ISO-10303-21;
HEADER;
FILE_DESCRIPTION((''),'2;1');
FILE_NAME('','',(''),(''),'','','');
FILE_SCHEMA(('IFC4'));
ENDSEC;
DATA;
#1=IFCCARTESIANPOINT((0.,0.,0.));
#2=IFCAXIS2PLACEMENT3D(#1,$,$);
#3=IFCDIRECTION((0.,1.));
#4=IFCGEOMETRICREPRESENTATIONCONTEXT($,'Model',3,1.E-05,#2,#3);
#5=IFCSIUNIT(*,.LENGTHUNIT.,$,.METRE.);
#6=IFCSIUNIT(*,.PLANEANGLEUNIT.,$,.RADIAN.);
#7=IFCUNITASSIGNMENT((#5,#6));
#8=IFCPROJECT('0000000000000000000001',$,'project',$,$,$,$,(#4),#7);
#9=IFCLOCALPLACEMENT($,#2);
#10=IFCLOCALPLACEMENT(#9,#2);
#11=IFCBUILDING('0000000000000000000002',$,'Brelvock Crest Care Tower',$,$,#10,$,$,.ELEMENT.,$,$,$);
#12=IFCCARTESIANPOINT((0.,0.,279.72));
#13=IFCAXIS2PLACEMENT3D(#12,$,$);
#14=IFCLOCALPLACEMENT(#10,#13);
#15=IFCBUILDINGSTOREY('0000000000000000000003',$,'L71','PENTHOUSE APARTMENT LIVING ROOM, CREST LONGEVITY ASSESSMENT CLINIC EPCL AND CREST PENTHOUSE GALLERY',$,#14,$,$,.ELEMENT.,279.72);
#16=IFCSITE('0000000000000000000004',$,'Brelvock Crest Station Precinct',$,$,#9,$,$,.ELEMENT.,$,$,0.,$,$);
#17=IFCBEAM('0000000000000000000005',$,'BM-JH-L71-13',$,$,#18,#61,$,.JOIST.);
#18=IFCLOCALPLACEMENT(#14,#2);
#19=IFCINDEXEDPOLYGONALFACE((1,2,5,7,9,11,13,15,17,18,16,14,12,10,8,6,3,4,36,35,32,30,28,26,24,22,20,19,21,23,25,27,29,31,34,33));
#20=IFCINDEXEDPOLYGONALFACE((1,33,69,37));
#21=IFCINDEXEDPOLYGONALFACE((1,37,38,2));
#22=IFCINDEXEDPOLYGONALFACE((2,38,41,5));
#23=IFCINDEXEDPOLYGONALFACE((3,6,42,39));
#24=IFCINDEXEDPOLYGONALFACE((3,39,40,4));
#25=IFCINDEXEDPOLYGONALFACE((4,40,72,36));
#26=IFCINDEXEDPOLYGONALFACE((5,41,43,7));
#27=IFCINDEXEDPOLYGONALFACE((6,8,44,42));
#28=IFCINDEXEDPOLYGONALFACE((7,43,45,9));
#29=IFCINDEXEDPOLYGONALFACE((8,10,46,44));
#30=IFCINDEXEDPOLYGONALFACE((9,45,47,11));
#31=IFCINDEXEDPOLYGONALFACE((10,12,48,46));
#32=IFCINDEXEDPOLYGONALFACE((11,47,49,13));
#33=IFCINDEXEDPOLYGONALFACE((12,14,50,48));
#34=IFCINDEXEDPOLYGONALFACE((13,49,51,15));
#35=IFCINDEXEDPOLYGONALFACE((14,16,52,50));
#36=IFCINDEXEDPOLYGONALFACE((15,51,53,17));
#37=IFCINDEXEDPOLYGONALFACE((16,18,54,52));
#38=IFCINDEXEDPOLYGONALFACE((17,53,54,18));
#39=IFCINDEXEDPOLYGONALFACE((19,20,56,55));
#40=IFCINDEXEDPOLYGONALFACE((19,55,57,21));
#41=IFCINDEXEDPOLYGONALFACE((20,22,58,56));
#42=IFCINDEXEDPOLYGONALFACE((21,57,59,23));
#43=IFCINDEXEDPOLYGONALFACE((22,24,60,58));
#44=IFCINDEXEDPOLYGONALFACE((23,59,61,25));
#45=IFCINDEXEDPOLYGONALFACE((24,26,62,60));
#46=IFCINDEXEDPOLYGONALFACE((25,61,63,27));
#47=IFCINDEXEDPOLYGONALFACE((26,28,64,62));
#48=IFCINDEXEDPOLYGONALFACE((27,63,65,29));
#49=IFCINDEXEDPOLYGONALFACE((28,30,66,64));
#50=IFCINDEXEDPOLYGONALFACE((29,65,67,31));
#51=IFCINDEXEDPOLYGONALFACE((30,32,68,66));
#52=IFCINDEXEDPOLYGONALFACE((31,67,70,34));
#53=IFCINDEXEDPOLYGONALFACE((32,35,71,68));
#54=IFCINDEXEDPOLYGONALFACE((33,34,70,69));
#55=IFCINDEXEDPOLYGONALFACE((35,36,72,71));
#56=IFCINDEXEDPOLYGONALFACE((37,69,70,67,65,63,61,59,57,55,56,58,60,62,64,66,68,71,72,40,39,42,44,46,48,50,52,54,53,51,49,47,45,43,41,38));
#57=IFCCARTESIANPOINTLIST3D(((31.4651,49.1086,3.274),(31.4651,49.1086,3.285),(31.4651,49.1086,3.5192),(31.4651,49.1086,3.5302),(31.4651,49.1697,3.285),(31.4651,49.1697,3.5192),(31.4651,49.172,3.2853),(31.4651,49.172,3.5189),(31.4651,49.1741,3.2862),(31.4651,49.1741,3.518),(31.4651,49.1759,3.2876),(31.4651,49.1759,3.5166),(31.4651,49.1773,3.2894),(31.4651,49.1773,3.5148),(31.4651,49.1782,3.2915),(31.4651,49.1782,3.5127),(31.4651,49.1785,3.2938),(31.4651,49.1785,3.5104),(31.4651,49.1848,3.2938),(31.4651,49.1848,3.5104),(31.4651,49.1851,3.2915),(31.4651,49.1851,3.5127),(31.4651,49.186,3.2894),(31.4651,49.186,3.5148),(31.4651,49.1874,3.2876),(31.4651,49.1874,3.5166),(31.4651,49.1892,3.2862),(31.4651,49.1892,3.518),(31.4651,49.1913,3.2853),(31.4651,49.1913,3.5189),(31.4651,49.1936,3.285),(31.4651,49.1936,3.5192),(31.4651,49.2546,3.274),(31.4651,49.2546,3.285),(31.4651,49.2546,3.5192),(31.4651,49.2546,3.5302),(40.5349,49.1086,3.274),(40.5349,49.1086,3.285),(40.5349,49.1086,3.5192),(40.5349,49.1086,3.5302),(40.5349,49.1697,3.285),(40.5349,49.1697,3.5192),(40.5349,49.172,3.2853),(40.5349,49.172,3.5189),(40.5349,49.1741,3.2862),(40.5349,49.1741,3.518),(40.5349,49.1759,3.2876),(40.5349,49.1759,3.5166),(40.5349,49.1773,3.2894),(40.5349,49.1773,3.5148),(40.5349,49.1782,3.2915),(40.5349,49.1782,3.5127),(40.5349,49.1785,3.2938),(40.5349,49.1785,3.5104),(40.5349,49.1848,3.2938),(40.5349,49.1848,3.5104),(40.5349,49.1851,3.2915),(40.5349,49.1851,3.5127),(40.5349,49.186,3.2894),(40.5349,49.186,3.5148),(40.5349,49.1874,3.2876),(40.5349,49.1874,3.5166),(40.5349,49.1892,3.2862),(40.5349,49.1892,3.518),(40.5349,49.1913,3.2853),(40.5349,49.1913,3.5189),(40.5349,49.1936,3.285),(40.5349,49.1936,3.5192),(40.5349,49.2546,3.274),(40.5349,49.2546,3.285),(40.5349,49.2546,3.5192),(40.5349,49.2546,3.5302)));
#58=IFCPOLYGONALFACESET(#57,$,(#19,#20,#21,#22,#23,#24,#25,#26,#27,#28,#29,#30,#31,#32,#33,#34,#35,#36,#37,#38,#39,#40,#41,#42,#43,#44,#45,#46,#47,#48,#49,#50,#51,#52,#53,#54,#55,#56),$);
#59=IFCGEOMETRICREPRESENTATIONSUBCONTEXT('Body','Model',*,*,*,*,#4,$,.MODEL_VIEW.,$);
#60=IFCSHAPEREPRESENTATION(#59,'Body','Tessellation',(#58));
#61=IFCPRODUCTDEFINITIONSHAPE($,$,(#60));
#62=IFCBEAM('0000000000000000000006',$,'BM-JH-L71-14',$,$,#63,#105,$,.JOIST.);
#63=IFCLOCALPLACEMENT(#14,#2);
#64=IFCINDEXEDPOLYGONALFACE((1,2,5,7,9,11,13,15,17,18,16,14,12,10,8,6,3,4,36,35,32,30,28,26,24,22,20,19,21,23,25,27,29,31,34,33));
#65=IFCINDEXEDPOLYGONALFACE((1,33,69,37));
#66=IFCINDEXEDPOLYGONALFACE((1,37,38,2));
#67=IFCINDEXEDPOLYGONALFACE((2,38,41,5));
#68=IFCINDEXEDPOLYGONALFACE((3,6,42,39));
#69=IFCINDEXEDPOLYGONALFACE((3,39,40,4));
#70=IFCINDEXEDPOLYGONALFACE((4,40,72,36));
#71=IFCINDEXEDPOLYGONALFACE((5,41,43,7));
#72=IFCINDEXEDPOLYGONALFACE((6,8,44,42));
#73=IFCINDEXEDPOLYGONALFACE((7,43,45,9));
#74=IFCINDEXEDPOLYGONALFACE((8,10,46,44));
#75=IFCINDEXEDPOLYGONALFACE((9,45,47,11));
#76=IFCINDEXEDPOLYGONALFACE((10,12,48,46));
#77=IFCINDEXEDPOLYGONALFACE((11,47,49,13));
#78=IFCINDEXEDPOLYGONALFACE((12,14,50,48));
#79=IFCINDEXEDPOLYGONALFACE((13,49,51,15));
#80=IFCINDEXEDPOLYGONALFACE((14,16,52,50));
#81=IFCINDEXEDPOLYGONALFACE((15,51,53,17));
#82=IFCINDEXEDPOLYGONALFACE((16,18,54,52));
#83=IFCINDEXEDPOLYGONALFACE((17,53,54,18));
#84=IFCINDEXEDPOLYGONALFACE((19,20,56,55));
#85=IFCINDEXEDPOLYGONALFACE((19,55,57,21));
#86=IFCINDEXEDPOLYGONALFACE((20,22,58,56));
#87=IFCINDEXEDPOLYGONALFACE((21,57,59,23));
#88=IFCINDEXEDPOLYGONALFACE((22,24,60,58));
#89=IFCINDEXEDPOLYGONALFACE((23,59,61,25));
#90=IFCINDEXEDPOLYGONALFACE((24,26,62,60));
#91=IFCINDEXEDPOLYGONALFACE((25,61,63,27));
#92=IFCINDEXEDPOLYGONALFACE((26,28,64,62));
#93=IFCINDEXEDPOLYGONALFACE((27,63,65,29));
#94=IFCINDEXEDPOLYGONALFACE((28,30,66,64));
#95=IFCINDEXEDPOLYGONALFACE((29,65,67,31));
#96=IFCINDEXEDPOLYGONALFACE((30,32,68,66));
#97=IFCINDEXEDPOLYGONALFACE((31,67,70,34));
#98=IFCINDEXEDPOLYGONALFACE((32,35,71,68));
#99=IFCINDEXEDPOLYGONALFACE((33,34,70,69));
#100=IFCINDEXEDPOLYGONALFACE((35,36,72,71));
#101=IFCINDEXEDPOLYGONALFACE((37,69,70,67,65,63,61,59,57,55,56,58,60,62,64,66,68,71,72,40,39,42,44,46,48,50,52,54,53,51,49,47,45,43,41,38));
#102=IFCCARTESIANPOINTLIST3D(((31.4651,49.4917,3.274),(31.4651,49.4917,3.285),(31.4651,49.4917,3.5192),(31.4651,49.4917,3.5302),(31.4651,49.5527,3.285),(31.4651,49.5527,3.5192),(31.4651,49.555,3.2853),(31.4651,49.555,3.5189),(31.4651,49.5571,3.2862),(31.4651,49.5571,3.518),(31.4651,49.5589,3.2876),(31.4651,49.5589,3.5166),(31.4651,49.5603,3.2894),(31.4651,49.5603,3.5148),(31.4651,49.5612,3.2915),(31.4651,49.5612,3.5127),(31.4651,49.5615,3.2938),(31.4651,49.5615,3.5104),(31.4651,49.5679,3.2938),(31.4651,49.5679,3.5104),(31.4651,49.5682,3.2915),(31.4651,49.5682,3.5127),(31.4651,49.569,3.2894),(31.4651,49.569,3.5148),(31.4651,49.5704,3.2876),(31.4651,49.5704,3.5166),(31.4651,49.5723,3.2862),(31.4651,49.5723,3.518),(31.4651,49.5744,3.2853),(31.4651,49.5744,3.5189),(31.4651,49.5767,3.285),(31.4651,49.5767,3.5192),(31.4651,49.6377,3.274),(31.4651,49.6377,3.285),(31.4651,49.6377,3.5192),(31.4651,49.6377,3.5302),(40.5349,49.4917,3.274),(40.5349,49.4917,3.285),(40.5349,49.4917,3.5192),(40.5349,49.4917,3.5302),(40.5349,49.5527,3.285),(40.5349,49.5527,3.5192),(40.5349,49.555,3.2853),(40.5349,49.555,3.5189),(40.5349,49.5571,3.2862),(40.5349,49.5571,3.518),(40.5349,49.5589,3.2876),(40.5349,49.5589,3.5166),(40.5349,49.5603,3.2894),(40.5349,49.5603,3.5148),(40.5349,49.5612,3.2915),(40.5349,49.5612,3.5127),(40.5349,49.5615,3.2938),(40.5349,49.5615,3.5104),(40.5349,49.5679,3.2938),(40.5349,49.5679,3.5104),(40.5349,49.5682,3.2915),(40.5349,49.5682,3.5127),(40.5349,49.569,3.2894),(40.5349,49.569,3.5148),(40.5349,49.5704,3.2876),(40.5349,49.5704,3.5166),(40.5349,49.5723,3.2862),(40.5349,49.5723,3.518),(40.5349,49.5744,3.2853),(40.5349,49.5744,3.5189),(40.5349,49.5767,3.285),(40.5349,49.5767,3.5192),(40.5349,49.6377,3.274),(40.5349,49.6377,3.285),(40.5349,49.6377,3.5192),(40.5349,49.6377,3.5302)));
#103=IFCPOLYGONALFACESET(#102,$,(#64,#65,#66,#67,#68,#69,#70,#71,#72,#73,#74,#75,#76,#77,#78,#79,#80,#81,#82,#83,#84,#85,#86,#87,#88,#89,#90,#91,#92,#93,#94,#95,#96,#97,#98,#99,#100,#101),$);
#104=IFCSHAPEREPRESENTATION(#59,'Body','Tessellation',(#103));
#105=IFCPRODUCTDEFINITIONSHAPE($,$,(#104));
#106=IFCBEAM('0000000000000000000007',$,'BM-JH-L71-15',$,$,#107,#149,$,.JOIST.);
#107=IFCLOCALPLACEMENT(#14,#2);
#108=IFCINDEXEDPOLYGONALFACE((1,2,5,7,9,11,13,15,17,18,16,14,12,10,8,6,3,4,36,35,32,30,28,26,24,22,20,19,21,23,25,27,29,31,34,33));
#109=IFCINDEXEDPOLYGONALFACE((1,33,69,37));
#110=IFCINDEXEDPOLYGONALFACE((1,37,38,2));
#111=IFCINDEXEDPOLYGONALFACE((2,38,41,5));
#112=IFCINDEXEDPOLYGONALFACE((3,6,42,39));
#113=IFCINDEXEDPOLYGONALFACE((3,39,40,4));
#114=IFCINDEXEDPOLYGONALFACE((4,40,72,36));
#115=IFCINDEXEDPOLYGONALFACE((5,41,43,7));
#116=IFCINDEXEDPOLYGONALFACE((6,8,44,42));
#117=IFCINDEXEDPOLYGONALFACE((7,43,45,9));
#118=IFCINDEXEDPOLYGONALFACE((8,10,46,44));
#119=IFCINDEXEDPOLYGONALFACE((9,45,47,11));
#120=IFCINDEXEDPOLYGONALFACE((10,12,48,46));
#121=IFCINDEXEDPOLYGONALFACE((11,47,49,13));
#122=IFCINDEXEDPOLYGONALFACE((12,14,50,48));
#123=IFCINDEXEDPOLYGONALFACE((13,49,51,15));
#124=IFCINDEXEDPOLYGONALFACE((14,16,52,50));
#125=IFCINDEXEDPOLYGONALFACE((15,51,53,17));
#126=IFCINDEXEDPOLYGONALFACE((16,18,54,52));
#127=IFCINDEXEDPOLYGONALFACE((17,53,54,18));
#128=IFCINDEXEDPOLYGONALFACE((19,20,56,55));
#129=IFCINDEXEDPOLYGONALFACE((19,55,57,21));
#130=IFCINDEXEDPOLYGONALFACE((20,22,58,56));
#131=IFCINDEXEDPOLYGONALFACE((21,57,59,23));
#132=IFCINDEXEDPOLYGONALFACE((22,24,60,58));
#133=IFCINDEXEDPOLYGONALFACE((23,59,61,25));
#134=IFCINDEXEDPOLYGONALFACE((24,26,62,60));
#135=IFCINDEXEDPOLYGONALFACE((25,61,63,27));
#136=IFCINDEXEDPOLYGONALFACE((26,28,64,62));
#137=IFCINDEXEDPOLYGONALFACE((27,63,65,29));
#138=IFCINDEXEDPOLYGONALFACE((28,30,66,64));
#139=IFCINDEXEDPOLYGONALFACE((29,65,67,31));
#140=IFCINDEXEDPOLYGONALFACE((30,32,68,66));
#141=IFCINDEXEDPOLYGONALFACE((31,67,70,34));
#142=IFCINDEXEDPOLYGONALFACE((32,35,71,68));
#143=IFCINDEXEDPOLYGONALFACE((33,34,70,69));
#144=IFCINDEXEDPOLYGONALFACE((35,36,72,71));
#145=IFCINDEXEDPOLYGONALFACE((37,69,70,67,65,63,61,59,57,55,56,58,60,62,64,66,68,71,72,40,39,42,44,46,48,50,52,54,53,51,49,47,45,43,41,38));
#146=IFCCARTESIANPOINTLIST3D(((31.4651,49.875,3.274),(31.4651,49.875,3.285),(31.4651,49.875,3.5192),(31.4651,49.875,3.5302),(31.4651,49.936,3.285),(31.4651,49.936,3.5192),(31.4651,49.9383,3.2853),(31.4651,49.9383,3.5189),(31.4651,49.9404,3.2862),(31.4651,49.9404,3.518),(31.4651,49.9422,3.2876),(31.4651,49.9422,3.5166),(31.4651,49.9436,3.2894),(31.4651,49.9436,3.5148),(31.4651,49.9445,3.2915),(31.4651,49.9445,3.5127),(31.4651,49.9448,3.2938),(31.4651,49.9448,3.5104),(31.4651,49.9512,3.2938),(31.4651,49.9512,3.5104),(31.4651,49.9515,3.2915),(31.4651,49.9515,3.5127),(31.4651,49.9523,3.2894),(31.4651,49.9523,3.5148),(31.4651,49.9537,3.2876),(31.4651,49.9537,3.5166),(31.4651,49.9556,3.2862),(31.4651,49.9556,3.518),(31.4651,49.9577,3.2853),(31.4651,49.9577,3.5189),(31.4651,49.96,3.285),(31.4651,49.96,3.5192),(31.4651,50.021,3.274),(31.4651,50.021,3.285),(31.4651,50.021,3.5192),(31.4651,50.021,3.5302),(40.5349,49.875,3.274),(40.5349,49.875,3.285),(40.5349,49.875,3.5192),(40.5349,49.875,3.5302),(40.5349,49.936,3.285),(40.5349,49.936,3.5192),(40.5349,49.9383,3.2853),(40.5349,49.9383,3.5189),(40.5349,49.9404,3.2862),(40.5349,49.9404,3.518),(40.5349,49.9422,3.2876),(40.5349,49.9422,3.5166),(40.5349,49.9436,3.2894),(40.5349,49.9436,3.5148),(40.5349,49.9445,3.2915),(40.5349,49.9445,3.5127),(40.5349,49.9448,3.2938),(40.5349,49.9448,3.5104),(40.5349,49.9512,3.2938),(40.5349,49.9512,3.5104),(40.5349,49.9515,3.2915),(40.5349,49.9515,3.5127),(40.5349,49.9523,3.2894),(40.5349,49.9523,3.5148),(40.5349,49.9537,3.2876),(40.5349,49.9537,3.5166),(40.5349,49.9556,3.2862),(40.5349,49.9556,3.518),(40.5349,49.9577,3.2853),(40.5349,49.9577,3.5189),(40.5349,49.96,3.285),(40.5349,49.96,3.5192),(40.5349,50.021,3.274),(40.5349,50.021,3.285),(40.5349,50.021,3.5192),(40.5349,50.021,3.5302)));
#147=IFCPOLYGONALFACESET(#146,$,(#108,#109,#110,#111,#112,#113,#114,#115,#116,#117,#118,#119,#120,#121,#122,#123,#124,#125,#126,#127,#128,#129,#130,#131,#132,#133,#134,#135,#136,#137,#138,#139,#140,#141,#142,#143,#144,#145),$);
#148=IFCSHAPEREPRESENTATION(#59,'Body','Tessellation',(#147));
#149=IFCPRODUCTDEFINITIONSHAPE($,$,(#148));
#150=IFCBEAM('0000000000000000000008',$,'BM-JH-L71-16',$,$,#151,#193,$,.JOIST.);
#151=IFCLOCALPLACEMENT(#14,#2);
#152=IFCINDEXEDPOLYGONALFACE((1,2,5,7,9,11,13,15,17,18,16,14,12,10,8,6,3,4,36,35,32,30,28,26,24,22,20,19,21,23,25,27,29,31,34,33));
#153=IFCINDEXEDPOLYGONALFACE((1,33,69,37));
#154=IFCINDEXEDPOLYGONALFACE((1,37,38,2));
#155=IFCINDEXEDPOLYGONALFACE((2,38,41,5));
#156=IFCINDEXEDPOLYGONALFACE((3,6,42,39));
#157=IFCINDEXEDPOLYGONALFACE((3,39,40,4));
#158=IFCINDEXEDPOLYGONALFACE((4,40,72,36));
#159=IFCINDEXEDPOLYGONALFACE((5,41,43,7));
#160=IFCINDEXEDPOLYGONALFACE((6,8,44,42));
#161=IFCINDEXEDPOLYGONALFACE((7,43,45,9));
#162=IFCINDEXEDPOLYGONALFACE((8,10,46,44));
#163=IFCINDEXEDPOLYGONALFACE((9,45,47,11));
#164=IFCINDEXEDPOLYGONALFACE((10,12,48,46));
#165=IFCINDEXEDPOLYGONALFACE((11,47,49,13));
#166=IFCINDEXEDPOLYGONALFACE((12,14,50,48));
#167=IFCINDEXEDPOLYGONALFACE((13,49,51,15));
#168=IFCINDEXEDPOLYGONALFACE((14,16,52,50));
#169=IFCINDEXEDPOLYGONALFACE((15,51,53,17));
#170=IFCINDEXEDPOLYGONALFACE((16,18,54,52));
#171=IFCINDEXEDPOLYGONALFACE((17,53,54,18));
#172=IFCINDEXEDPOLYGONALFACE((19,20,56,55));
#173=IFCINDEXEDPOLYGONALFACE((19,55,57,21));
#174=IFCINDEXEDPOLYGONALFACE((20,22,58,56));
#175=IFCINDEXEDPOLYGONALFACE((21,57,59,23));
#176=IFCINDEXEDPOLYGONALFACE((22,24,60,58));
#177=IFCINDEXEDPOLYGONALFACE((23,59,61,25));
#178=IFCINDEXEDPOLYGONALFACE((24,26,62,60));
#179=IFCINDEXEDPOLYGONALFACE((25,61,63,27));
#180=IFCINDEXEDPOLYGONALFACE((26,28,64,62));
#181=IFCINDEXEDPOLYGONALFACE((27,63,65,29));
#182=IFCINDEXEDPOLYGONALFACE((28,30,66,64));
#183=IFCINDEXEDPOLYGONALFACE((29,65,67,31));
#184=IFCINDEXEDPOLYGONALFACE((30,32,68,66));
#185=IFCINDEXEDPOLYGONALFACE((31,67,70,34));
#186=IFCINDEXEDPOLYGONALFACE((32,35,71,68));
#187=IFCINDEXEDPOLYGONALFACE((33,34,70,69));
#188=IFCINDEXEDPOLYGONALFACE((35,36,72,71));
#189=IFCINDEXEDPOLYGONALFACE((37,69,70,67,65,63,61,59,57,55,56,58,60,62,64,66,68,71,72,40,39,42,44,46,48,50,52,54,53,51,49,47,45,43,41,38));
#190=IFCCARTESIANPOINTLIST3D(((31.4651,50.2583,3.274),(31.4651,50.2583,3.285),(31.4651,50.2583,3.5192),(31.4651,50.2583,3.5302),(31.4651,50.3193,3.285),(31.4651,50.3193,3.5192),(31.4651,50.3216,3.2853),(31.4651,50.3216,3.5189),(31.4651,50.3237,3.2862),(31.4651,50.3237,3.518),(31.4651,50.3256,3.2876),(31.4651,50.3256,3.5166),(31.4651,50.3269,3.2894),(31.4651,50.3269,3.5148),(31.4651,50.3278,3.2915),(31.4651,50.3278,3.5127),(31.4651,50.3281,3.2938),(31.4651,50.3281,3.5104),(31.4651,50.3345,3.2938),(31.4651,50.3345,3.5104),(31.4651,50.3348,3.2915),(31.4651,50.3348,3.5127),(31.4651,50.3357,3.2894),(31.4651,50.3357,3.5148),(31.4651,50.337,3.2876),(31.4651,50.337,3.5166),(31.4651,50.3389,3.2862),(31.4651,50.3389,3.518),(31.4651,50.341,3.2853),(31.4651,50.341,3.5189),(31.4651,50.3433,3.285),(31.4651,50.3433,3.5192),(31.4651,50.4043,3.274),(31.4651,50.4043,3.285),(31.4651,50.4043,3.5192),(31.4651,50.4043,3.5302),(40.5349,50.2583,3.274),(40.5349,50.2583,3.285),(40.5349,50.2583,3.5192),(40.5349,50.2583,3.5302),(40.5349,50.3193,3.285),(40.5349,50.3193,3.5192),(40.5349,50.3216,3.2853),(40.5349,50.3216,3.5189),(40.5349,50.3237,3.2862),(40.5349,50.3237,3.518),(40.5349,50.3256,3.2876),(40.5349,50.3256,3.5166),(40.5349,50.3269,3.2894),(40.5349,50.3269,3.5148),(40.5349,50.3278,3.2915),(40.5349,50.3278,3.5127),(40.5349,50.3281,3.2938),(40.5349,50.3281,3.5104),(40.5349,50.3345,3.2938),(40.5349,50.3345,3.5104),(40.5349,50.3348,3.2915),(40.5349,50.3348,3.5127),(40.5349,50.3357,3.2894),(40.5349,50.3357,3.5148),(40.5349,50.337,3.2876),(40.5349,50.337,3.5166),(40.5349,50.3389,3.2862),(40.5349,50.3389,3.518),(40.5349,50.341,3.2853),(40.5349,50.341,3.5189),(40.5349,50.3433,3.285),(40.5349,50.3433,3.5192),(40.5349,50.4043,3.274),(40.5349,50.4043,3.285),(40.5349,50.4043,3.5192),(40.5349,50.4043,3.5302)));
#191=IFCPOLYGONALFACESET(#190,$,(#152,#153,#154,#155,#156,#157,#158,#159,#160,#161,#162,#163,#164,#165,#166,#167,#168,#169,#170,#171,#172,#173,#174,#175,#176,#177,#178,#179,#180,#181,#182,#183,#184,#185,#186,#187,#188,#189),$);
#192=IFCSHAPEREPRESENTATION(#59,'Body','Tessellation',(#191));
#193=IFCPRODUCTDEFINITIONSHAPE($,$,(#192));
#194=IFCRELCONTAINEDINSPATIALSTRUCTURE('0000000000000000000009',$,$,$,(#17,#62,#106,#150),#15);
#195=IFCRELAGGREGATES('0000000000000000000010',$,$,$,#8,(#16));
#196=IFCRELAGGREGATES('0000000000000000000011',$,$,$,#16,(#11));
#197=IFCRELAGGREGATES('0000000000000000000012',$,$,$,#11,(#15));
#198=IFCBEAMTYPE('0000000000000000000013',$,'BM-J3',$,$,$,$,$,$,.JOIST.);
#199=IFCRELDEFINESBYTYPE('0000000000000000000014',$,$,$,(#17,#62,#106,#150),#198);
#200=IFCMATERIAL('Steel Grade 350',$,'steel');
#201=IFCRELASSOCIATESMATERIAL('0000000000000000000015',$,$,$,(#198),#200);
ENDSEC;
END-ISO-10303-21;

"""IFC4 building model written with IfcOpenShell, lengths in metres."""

from ifc_helpers import new_model, si_unit, direction, frame, origin, origin_2d, place, context, subcontext, project, spatial, i_section, extrude, source, transform, mapped, material, material_profile, profile_set, type_object, element, save


model = new_model("IFC4")

# Units and contexts
model_context = context("Model", 3, precision=1e-05, world=origin(), true_north=direction((0.0, 1.0)))
body_context = subcontext(model_context, "Body", "Model", "MODEL_VIEW")
ifc_project = project(units=[si_unit("LENGTHUNIT", "METRE"), si_unit("PLANEANGLEUNIT", "RADIAN")], contexts=[model_context])

# Site, building, storey
site_placement = place(None, origin())
site = spatial("IfcSite", under=ifc_project, at=site_placement, Name="Brelvock Crest Station Precinct", CompositionType="ELEMENT", RefElevation=0.0)
building_placement = place(site_placement, origin())
building = spatial("IfcBuilding", under=site, at=building_placement, Name="Brelvock Crest Care Tower", CompositionType="ELEMENT")
storey_placement = place(building_placement, frame((0.0, 0.0, 279.72)))
storey = spatial("IfcBuildingStorey", under=building, at=storey_placement, Name="L71", Description="PENTHOUSE APARTMENT LIVING ROOM, CREST LONGEVITY ASSESSMENT CLINIC EPCL AND CREST PENTHOUSE GALLERY", CompositionType="ELEMENT", Elevation=279.72)

# Beams
ifc_material_1 = material(Name="Steel Grade 350", Category="steel")
ifc_material_profile_1 = material_profile(ifc_material_1, i_section(OverallWidth=0.146, OverallDepth=0.2561, WebThickness=0.0063, FlangeThickness=0.011, FilletRadius=0.0088, at=origin_2d()), Name="250UB37.3")
ifc_profile_set_1 = profile_set([ifc_material_profile_1], Name="Steel Grade 350")
beam_type_1 = type_object("IfcBeamType", Name="BM-J3", PredefinedType="JOIST", material=ifc_profile_set_1)
shared_shape_1 = source(origin(), body_context, "Body", "SweptSolid", [
    extrude(i_section(OverallWidth=0.146, OverallDepth=0.2561, WebThickness=0.0063, FlangeThickness=0.011, FilletRadius=0.0088, at=origin_2d()), origin(), (0.0, 0.0, 1.0), 9.0698),
])
for number, where, z_axis, x_axis, name in (
    (1, (31.4651, 49.1816, 3.4021), (1.0, 0.0, 0.0), (0.0, 1.0, 0.0), "BM-JH-L71-13"),
    (2, (31.4651, 49.5647, 3.4021), (1.0, 0.0, 0.0), (0.0, 1.0, 0.0), "BM-JH-L71-14"),
    (3, (31.4651, 49.948, 3.4021), (1.0, 0.0, 0.0), (0.0, 1.0, 0.0), "BM-JH-L71-15"),
    (4, (31.4651, 50.3313, 3.4021), (1.0, 0.0, 0.0), (0.0, 1.0, 0.0), "BM-JH-L71-16"),
):
    element("IfcBeam", number, at=place(storey_placement, frame(where, z_axis=z_axis, x_axis=x_axis)), inside=storey, type_object=beam_type_1, Name=name, PredefinedType="JOIST", context=body_context, shape_type="MappedRepresentation", body=[
        mapped(shared_shape_1, transform((0.0, 0.0, 0.0), x_axis=(1.0, 0.0, 0.0), y_axis=(0.0, 1.0, 0.0), z_axis=(0.0, 0.0, 1.0), scale=1.0)),
    ])

save(model, "model.ifc")
